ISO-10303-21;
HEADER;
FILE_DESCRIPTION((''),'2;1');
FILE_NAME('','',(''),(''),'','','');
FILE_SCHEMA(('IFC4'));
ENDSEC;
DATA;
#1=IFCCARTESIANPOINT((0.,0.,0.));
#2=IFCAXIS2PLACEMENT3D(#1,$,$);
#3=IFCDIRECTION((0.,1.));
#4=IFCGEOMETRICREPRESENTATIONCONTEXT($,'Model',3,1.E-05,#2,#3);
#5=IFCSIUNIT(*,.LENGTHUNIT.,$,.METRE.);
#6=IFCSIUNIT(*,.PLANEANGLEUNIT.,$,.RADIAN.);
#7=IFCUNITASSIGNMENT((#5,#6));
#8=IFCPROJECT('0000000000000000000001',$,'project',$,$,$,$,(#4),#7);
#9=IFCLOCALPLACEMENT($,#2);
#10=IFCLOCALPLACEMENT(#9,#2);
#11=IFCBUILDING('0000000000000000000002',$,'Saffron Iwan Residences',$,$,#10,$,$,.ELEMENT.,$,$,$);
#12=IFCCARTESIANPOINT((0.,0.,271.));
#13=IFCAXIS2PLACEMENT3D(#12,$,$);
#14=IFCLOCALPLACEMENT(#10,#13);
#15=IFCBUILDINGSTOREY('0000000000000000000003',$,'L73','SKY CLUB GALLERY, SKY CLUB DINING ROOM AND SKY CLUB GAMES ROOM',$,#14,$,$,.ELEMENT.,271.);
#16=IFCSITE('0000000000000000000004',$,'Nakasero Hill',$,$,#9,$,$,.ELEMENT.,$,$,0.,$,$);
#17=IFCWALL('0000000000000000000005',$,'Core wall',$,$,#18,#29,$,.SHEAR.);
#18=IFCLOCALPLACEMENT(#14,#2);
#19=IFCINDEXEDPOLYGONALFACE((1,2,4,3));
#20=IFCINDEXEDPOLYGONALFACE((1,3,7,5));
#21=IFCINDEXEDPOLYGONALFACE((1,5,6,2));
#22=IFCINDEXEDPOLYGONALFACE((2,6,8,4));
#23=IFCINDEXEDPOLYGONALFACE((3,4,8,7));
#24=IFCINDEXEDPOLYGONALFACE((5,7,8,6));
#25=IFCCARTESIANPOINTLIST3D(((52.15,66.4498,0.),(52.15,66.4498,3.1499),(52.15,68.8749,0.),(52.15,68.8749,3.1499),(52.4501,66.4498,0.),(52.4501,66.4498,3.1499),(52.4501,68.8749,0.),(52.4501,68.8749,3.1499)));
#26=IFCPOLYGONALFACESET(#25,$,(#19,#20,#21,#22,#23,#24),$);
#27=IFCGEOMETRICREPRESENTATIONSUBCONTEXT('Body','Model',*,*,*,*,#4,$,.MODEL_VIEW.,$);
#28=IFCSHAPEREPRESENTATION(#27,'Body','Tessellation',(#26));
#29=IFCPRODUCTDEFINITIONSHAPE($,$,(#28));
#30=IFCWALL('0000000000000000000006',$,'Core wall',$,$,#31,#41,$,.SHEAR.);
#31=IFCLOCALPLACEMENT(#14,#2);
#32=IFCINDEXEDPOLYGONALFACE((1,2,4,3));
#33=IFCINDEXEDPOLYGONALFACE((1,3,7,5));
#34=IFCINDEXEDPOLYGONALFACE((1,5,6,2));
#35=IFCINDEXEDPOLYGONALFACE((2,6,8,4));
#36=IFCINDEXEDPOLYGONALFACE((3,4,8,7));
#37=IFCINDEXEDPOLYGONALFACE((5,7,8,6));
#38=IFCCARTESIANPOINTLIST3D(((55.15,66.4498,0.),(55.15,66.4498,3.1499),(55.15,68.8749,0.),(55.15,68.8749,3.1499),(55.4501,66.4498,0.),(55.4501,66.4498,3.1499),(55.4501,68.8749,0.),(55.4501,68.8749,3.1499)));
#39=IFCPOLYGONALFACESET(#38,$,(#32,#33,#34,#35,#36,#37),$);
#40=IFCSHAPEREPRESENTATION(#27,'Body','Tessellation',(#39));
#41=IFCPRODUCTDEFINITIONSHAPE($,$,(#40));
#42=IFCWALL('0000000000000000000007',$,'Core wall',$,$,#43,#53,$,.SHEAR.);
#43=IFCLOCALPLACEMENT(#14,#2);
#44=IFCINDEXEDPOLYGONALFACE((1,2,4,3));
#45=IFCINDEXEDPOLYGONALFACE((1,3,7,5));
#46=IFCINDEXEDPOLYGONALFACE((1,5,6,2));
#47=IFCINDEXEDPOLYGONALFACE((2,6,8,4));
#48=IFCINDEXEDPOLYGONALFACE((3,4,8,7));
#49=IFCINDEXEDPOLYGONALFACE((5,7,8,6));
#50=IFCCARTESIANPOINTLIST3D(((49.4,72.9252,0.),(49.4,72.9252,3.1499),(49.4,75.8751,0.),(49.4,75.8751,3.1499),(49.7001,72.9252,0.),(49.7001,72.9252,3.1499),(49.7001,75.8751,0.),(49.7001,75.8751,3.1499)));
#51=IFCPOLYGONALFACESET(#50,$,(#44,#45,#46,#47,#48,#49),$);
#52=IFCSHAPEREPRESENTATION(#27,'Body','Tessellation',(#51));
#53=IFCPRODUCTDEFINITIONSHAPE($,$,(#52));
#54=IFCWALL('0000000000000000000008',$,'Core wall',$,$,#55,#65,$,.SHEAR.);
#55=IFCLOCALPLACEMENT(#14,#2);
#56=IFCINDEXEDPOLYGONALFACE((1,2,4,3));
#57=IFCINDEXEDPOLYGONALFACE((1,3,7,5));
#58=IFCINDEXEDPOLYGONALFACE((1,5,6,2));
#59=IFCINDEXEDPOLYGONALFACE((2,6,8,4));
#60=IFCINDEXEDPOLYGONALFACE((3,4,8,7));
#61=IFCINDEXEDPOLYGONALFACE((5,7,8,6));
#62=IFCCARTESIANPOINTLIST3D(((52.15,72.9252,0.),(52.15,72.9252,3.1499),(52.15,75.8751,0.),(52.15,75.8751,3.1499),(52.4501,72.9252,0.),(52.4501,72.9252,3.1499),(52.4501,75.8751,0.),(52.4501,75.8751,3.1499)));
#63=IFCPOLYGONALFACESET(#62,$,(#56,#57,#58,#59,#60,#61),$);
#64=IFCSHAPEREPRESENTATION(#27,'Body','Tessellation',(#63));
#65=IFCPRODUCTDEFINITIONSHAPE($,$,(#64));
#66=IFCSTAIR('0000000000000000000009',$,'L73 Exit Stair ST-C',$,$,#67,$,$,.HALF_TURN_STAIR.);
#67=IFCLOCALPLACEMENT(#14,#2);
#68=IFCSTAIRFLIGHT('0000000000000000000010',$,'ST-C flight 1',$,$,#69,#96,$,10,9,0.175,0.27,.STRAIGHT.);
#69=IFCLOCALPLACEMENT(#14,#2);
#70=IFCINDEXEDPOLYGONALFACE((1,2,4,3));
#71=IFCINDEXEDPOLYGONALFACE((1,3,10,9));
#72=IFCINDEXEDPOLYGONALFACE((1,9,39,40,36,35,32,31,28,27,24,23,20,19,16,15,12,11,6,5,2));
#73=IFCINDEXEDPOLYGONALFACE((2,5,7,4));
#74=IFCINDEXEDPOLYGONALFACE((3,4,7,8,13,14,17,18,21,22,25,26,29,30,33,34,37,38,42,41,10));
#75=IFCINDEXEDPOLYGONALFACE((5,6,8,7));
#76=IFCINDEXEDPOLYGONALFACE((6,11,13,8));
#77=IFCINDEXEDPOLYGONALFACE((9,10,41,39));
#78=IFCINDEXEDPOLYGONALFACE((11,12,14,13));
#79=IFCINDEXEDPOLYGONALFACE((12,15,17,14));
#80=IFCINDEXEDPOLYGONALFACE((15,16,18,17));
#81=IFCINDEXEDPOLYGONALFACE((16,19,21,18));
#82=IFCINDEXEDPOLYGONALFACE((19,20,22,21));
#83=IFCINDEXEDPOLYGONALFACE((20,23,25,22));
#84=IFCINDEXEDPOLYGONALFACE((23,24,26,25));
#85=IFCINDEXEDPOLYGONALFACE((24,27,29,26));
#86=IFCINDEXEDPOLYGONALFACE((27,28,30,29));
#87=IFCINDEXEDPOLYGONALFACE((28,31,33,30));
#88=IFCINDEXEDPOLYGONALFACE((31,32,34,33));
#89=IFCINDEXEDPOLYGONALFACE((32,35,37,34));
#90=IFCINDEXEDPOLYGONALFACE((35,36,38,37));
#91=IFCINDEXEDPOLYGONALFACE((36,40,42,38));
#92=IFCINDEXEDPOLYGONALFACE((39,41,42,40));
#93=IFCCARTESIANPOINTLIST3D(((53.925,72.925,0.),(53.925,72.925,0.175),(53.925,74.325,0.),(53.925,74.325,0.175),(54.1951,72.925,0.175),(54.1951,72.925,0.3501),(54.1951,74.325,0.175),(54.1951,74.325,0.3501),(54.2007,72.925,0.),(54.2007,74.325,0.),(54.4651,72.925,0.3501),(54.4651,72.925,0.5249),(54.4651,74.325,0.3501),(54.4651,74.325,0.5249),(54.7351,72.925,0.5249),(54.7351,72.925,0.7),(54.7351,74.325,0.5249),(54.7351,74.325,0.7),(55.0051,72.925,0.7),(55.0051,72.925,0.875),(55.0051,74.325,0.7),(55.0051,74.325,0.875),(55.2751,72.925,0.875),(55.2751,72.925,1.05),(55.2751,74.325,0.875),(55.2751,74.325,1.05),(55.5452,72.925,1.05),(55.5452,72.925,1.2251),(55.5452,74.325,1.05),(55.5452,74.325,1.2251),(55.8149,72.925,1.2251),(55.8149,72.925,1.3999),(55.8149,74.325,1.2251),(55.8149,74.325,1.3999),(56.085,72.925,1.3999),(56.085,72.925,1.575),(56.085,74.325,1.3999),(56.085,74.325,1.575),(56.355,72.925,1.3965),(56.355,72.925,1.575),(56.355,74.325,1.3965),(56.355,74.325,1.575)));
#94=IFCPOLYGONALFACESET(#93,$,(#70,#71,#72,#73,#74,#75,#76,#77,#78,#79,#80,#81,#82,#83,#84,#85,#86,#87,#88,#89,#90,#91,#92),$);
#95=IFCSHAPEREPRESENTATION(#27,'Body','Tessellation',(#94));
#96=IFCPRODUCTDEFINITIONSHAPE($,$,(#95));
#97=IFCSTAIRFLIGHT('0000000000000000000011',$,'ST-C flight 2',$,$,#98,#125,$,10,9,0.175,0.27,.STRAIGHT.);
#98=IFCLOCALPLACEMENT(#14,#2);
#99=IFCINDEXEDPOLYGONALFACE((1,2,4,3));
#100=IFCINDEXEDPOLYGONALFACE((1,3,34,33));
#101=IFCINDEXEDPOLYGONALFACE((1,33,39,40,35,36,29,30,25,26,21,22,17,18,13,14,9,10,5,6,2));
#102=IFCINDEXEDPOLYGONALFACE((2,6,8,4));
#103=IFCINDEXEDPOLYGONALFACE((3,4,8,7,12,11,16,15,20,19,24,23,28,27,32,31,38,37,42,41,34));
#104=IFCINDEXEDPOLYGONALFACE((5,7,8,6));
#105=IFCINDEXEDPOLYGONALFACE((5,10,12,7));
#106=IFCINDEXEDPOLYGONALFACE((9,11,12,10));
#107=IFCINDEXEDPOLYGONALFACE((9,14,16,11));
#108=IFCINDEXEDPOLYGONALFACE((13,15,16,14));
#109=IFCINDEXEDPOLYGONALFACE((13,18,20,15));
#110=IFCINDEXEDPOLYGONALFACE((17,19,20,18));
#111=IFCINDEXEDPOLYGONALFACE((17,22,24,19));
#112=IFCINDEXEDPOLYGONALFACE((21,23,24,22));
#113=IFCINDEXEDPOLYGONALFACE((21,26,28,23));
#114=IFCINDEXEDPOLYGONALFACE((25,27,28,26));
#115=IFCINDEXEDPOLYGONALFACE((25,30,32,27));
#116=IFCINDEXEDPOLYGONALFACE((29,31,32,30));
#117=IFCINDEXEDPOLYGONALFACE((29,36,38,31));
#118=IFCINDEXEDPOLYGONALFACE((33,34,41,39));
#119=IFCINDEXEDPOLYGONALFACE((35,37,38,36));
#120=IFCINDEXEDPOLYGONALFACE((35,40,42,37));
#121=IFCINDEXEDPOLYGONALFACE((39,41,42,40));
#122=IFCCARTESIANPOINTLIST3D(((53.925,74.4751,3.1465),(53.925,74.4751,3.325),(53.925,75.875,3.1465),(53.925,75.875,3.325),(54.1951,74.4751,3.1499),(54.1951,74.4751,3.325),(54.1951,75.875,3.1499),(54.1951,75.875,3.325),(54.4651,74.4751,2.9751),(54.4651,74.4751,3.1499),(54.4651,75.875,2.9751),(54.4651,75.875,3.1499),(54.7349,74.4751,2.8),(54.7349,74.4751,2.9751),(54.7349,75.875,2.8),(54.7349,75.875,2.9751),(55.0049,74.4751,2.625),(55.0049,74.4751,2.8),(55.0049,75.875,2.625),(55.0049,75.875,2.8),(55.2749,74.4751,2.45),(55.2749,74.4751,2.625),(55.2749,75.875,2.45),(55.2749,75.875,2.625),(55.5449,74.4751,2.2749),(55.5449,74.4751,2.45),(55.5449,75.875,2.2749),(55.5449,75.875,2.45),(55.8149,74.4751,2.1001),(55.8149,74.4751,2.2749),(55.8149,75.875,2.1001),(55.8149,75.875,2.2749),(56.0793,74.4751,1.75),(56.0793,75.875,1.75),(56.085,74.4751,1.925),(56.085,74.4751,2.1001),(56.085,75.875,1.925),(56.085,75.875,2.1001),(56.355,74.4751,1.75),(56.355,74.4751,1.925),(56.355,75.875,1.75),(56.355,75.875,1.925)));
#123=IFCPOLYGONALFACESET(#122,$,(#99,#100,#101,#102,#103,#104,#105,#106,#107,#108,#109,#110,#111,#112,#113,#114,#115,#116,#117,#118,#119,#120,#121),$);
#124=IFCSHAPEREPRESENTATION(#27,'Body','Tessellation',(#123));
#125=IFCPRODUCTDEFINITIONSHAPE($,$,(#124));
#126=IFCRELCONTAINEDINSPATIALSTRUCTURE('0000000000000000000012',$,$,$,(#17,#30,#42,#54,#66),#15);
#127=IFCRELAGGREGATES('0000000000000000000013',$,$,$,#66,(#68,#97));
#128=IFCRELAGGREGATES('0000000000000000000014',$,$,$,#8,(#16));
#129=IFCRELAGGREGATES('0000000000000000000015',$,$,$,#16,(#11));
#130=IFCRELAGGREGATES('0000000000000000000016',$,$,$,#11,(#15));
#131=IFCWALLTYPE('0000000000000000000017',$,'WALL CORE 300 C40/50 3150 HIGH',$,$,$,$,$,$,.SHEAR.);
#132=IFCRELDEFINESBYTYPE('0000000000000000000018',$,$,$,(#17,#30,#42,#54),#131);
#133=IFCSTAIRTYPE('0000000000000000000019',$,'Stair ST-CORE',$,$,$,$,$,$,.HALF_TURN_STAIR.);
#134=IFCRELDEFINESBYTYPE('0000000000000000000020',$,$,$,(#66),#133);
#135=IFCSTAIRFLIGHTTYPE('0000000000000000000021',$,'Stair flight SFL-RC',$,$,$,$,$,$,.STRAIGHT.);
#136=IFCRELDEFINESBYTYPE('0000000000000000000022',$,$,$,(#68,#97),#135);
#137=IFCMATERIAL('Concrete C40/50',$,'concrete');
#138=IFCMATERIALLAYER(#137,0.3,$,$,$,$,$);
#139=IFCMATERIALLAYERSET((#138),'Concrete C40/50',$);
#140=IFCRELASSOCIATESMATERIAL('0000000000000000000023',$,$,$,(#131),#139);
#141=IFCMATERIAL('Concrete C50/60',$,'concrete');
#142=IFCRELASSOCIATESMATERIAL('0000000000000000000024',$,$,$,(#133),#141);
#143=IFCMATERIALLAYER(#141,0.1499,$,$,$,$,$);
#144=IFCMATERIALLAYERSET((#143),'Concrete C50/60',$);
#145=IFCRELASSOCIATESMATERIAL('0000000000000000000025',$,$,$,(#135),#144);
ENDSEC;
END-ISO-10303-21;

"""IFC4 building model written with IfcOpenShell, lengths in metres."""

from ifc_helpers import new_model, si_unit, direction, frame, frame_2d, origin, place, context, subcontext, project, spatial, polyline, rectangle, outline, extrude, material, layer, layer_set, type_object, element, aggregate, save


model = new_model("IFC4")

# Units and contexts
model_context = context("Model", 3, precision=1e-05, world=origin(), true_north=direction((0.0, 1.0)))
body_context = subcontext(model_context, "Body", "Model", "MODEL_VIEW")
ifc_project = project(units=[si_unit("LENGTHUNIT", "METRE"), si_unit("PLANEANGLEUNIT", "RADIAN")], contexts=[model_context])

# Site, building, storey
site_placement = place(None, origin())
site = spatial("IfcSite", under=ifc_project, at=site_placement, Name="Nakasero Hill", CompositionType="ELEMENT", RefElevation=0.0)
building_placement = place(site_placement, origin())
building = spatial("IfcBuilding", under=site, at=building_placement, Name="Saffron Iwan Residences", CompositionType="ELEMENT")
storey_placement = place(building_placement, frame((0.0, 0.0, 271.0)))
storey = spatial("IfcBuildingStorey", under=building, at=storey_placement, Name="L73", Description="SKY CLUB GALLERY, SKY CLUB DINING ROOM AND SKY CLUB GAMES ROOM", CompositionType="ELEMENT", Elevation=271.0)

# Shared definitions
ifc_material_1 = material(Name="Concrete C40/50", Category="concrete")

# Walls
ifc_layer_1 = layer(ifc_material_1, 0.3)
ifc_layer_set_1 = layer_set([ifc_layer_1], Name="Concrete C40/50")
wall_type_1 = type_object("IfcWallType", Name="WALL CORE 300 C40/50 3150 HIGH", PredefinedType="SHEAR", material=ifc_layer_set_1)
for number, where, z_axis, x_axis, name in (
    (1, (52.3, 66.45, 0.0), (0.0, 0.0, 1.0), (0.0, 1.0, 0.0), "Core wall"),
    (2, (55.3, 66.45, 0.0), (0.0, 0.0, 1.0), (0.0, 1.0, 0.0), "Core wall"),
):
    element("IfcWall", number, at=place(storey_placement, frame(where, z_axis=z_axis, x_axis=x_axis)), inside=storey, type_object=wall_type_1, Name=name, PredefinedType="SHEAR", context=body_context, shape_type="SweptSolid", body=[
        extrude(rectangle(XDim=2.425, YDim=0.3, at=frame_2d((1.2124, 0.0))), origin(), (0.0, 0.0, 1.0), 3.1499),
    ])
for number, where, z_axis, x_axis, name in (
    (3, (49.55, 72.925, 0.0), (0.0, 0.0, 1.0), (0.0, 1.0, 0.0), "Core wall"),
    (4, (52.3, 72.925, 0.0), (0.0, 0.0, 1.0), (0.0, 1.0, 0.0), "Core wall"),
):
    element("IfcWall", number, at=place(storey_placement, frame(where, z_axis=z_axis, x_axis=x_axis)), inside=storey, type_object=wall_type_1, Name=name, PredefinedType="SHEAR", context=body_context, shape_type="SweptSolid", body=[
        extrude(rectangle(XDim=2.95, YDim=0.3, at=frame_2d((1.4751, 0.0))), origin(), (0.0, 0.0, 1.0), 3.1499),
    ])

# Stair, stair flights
ifc_material_2 = material(Name="Concrete C50/60", Category="concrete")
stair_type = type_object("IfcStairType", Name="Stair ST-CORE", PredefinedType="HALF_TURN_STAIR", material=ifc_material_2)
stair_placement = place(storey_placement, origin())
stair = element("IfcStair", 5, at=stair_placement, inside=storey, type_object=stair_type, Name="L73 Exit Stair ST-C", PredefinedType="HALF_TURN_STAIR")
ifc_layer_2 = layer(ifc_material_2, 0.1499)
ifc_layer_set_2 = layer_set([ifc_layer_2], Name="Concrete C50/60")
stair_flight_type = type_object("IfcStairFlightType", Name="Stair flight SFL-RC", PredefinedType="STRAIGHT", material=ifc_layer_set_2)
stair_flight_1_placement = place(storey_placement, frame((53.925, 73.625, 0.0), z_axis=(0.0, 0.0, 1.0), x_axis=(1.0, 0.0, 0.0)))
stair_flight_1 = element("IfcStairFlight", 6, at=stair_flight_1_placement, type_object=stair_flight_type, Name="ST-C flight 1", NumberOfRisers=10, NumberOfTreads=9, PredefinedType="STRAIGHT", RiserHeight=0.175, TreadLength=0.27, context=body_context, shape_type="SweptSolid", body=[
    extrude(outline(polyline([(0.0, 0.0), (0.0, 0.175), (0.27, 0.175), (0.27, 0.3501), (0.54, 0.3501), (0.54, 0.5249), (0.8101, 0.5249), (0.8101, 0.7), (1.0801, 0.7), (1.0801, 0.875), (1.3501, 0.875), (1.3501, 1.05), (1.6201, 1.05), (1.6201, 1.2251), (1.8899, 1.2251), (1.8899, 1.3999), (2.1599, 1.3999), (2.1599, 1.575), (2.4299, 1.575), (2.4299, 1.75), (2.4299, 1.3965), (0.2756, 0.0), (0.0, 0.0)])), frame((0.0, 0.7, 0.0), z_axis=(0.0, -1.0, 0.0), x_axis=(1.0, 0.0, 0.0)), (0.0, 0.0, 1.0), 1.3999),
])
stair_flight_2_placement = place(storey_placement, frame((56.355, 75.175, 1.75), z_axis=(0.0, 0.0, 1.0), x_axis=(-1.0, 0.0, 0.0)))
stair_flight_2 = element("IfcStairFlight", 7, at=stair_flight_2_placement, type_object=stair_flight_type, Name="ST-C flight 2", NumberOfRisers=10, NumberOfTreads=9, PredefinedType="STRAIGHT", RiserHeight=0.175, TreadLength=0.27, context=body_context, shape_type="SweptSolid", body=[
    extrude(outline(polyline([(0.0, 0.0), (0.0, 0.175), (0.27, 0.175), (0.27, 0.3501), (0.54, 0.3501), (0.54, 0.5249), (0.8101, 0.5249), (0.8101, 0.7), (1.0801, 0.7), (1.0801, 0.875), (1.3501, 0.875), (1.3501, 1.05), (1.6201, 1.05), (1.6201, 1.2251), (1.8899, 1.2251), (1.8899, 1.3999), (2.1599, 1.3999), (2.1599, 1.575), (2.4299, 1.575), (2.4299, 1.75), (2.4299, 1.3965), (0.2756, 0.0), (0.0, 0.0)])), frame((0.0, 0.7, 0.0), z_axis=(0.0, -1.0, 0.0), x_axis=(1.0, 0.0, 0.0)), (0.0, 0.0, 1.0), 1.3999),
])
aggregate(stair, [stair_flight_1, stair_flight_2])

save(model, "model.ifc")
